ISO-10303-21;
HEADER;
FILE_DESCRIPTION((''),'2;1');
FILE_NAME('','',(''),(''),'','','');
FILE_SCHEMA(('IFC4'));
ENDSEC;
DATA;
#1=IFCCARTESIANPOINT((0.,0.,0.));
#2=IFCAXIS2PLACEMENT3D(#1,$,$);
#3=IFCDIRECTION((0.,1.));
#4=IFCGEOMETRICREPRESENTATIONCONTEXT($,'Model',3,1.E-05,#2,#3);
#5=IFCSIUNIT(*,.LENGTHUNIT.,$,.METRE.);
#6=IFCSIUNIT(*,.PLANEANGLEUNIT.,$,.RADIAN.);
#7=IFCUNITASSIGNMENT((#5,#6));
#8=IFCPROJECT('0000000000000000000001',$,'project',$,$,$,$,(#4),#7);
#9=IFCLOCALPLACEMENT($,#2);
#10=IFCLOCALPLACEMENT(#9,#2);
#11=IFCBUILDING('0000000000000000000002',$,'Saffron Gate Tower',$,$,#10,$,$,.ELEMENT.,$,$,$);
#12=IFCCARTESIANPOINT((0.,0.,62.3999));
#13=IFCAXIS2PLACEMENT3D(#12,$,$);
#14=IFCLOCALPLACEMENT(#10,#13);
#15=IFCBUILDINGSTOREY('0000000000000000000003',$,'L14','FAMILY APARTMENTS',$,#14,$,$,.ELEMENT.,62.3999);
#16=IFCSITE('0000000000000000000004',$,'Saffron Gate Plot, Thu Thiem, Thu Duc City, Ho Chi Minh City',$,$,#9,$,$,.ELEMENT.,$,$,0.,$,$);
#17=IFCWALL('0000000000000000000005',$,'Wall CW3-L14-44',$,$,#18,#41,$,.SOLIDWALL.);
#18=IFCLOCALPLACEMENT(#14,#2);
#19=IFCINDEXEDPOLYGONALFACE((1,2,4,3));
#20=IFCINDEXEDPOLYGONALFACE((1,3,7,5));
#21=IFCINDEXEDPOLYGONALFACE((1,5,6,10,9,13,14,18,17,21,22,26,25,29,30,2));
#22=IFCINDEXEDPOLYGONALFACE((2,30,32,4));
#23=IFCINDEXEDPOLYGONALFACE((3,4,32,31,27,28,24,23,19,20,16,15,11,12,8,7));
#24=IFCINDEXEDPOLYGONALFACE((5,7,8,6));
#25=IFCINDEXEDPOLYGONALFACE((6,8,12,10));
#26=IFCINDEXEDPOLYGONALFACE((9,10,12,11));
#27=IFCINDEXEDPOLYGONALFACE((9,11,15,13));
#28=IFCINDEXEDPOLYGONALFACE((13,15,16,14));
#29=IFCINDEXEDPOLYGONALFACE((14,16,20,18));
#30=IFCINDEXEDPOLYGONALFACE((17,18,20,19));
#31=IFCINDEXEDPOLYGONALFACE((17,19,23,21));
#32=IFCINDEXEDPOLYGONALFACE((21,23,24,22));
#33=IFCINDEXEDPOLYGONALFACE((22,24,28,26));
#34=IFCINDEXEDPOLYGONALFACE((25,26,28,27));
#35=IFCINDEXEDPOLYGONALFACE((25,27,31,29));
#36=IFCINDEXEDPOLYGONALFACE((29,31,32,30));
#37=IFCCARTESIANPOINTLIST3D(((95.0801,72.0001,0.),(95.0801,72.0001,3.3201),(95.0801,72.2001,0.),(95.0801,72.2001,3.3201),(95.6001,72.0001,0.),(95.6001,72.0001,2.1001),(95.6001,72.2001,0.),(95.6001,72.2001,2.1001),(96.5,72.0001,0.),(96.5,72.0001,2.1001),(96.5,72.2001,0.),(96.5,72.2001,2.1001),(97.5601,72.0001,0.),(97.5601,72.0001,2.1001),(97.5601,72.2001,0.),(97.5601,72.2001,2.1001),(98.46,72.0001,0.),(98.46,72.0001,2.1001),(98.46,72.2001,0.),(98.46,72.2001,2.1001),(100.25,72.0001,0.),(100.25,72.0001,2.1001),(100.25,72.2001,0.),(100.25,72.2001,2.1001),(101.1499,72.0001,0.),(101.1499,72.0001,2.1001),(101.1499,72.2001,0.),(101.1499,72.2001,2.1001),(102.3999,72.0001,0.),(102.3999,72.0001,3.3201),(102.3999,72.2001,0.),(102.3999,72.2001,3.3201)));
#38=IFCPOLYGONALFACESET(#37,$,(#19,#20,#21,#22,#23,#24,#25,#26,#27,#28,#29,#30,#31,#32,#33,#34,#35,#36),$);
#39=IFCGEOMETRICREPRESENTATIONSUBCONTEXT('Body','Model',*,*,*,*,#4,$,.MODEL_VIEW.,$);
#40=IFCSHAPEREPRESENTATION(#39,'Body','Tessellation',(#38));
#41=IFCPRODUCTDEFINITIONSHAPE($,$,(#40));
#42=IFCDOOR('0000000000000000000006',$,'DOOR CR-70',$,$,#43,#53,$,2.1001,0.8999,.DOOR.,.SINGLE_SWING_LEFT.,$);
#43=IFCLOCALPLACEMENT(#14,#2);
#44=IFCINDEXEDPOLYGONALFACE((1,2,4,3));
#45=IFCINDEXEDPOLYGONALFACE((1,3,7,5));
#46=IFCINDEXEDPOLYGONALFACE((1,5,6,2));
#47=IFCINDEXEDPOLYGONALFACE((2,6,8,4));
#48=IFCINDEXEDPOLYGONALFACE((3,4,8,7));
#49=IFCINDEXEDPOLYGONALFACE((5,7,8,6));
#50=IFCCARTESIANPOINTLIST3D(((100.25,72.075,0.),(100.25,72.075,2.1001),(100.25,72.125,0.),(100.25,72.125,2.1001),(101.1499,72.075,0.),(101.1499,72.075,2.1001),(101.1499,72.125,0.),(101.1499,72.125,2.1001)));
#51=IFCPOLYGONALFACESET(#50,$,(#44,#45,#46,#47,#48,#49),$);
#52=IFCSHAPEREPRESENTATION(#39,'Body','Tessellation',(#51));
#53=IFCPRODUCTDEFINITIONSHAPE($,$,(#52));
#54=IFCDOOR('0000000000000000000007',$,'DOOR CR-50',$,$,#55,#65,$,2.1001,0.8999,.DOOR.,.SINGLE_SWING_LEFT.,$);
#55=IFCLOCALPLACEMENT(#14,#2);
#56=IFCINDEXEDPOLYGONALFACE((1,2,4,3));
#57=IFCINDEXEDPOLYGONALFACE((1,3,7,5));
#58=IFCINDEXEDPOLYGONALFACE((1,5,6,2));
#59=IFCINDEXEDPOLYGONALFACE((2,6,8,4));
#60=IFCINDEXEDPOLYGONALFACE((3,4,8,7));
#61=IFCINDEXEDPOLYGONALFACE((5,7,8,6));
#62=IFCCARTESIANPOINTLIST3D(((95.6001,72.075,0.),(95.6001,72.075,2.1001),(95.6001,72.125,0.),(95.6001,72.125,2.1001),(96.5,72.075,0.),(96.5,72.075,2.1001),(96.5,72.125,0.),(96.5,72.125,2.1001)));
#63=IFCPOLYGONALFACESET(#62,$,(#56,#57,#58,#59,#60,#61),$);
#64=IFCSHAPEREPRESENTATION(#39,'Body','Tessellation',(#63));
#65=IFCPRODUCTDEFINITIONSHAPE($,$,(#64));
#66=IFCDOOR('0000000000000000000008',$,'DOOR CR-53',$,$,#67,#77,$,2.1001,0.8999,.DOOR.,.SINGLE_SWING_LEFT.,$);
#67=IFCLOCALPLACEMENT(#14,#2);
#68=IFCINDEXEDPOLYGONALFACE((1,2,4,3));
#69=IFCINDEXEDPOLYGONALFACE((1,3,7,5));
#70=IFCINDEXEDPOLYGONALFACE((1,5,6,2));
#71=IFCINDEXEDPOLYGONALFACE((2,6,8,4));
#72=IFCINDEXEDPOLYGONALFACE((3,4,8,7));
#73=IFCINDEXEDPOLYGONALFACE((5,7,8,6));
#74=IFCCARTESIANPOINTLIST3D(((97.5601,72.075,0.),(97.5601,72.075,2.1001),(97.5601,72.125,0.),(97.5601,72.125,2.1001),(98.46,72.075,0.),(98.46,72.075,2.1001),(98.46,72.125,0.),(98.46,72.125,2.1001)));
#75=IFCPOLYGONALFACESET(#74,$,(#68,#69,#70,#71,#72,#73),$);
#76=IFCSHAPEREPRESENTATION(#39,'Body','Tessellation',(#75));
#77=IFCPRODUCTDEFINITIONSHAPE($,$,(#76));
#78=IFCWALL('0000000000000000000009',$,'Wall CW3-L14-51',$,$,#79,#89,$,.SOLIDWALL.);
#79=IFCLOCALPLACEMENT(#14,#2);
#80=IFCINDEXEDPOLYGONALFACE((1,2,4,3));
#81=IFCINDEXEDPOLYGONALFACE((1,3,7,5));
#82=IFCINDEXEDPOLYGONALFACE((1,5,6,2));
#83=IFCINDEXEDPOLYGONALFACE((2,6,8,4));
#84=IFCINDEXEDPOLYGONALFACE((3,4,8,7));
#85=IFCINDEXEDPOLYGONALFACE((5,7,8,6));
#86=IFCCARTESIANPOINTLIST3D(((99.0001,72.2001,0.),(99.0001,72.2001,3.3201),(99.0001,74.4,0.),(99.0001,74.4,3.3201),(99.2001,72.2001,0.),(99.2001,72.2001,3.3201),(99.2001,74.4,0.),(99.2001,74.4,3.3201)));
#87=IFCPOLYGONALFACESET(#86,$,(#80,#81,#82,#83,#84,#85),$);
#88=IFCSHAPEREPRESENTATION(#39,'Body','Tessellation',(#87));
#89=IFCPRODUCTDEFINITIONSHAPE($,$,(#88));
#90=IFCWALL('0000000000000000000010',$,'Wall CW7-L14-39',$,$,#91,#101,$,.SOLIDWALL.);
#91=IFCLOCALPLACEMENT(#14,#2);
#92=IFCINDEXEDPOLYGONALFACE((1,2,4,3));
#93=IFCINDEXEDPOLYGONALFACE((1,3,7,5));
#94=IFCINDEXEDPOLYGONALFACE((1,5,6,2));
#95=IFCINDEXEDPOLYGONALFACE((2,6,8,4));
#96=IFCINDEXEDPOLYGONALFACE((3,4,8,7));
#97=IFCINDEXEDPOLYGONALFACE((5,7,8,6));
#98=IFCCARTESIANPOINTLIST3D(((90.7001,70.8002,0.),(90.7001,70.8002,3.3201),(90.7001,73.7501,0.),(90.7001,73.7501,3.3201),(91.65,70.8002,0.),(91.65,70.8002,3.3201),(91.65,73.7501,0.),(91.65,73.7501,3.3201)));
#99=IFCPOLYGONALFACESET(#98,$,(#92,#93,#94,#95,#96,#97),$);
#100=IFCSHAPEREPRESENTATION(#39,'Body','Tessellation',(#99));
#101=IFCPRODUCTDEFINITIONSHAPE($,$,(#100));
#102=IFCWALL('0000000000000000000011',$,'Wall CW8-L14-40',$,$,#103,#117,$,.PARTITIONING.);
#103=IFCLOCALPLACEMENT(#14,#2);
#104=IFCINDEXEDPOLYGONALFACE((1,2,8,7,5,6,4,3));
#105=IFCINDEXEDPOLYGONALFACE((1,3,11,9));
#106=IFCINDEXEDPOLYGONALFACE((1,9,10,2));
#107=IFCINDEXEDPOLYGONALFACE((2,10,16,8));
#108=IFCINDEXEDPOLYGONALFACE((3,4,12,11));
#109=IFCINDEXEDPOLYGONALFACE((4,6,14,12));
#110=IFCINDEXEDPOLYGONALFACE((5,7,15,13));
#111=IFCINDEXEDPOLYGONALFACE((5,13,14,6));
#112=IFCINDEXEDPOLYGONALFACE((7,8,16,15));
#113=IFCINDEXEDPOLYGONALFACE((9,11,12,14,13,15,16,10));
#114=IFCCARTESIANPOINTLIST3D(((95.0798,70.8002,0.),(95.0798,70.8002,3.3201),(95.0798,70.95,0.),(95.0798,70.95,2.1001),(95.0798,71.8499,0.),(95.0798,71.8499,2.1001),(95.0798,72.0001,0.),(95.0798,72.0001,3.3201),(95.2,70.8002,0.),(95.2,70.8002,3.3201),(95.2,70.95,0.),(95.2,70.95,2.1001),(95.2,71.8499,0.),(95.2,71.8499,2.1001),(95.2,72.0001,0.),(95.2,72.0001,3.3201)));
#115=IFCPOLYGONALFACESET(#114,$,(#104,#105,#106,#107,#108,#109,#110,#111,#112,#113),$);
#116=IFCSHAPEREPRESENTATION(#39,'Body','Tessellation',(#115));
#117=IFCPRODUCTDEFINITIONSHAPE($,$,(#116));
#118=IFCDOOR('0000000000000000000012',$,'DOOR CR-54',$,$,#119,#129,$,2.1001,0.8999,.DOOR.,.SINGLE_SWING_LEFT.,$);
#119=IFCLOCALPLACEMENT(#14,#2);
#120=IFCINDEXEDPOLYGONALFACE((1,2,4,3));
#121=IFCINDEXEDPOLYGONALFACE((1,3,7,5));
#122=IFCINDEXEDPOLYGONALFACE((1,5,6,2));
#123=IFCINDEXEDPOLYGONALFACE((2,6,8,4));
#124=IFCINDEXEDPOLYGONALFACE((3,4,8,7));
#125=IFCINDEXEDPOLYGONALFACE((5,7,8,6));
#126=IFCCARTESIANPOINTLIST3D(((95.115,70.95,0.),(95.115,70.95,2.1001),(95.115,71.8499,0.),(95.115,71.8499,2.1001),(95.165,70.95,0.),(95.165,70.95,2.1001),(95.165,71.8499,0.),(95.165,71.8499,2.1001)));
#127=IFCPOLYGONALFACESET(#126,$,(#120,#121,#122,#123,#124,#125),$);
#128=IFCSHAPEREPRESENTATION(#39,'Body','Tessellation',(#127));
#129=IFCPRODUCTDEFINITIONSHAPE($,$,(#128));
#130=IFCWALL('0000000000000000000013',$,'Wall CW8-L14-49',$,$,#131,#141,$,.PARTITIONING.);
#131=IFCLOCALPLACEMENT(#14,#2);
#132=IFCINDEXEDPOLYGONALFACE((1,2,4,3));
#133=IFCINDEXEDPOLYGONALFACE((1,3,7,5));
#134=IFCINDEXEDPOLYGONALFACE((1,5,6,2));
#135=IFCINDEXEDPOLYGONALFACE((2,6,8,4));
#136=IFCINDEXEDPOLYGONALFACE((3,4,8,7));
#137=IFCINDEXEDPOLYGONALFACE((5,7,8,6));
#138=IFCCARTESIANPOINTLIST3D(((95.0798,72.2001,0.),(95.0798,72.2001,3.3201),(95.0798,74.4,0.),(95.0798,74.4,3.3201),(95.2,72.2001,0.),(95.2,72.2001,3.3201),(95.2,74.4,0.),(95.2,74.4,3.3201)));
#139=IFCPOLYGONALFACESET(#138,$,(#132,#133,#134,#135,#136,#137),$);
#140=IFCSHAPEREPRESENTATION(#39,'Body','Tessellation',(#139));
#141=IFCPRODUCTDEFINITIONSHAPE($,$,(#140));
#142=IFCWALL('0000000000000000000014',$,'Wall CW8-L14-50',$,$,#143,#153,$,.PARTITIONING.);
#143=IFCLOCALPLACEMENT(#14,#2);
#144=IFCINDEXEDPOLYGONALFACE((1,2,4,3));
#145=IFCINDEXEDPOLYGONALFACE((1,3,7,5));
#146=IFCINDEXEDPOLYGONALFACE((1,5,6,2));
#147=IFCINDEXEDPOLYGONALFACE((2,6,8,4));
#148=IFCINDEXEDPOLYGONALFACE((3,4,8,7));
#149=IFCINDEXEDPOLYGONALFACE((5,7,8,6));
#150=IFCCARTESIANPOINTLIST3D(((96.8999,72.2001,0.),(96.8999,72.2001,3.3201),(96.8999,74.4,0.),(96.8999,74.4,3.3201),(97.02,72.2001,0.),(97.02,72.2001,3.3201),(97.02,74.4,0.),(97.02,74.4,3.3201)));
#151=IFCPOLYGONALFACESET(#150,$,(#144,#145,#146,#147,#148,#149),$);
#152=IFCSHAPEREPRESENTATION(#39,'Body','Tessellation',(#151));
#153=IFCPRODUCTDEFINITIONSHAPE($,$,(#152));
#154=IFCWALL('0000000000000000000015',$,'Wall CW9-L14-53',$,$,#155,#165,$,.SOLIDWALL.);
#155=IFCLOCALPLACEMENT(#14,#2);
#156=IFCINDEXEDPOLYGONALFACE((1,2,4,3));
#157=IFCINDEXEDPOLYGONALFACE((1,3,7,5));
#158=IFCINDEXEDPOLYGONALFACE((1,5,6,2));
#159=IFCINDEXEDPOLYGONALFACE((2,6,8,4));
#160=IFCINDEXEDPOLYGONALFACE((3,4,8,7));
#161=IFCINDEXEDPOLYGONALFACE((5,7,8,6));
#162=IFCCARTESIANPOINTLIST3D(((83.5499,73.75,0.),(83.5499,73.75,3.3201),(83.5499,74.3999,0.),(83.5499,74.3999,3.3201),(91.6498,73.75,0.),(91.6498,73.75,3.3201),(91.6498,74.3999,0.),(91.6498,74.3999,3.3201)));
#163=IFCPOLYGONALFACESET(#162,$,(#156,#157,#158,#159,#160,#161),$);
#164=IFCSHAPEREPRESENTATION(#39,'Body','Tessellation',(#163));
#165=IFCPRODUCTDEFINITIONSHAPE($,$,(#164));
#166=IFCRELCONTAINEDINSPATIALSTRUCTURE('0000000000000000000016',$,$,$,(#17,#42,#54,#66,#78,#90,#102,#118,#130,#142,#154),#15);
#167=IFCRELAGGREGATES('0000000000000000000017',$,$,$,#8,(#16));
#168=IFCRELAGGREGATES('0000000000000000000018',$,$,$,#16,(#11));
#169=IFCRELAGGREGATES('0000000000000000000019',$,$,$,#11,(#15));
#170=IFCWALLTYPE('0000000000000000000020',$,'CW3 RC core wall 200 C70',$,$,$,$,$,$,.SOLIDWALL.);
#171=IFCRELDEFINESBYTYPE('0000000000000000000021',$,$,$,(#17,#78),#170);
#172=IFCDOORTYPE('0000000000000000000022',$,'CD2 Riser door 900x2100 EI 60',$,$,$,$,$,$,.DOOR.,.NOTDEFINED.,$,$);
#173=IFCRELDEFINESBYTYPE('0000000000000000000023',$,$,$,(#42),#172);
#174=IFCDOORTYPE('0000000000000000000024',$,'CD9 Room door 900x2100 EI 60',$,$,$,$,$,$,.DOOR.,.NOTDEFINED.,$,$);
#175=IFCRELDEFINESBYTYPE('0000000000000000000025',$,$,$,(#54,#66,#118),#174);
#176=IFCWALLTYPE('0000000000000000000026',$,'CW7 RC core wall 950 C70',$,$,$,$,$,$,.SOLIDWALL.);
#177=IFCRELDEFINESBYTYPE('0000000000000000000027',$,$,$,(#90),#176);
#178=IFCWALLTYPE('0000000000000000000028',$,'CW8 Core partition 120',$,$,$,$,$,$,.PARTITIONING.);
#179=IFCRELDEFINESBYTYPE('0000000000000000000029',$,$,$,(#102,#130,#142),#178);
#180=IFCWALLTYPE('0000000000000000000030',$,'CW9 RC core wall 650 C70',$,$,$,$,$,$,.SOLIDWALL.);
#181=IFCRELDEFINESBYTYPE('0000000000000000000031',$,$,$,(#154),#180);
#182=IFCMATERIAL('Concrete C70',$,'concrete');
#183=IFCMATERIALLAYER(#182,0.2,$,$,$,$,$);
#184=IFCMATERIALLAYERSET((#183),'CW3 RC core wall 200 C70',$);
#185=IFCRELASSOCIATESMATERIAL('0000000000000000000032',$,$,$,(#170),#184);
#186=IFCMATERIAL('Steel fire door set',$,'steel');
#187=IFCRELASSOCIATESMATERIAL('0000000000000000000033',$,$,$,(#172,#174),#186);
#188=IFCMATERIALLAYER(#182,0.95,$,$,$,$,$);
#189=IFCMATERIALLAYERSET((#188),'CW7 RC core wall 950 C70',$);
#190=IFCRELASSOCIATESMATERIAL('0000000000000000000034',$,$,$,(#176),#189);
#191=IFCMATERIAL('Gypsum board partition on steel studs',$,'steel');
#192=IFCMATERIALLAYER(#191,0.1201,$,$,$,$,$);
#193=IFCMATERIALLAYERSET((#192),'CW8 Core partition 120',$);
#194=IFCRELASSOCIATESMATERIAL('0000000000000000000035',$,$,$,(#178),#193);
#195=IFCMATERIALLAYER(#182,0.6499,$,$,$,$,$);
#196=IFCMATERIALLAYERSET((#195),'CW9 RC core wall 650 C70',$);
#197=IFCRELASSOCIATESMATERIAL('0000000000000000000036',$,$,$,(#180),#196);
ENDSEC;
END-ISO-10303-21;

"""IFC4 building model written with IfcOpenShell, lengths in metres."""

from ifc_helpers import new_model, si_unit, direction, frame, frame_2d, origin, place, context, subcontext, project, spatial, rectangle, extrude, material, layer, layer_set, type_object, element, fill, save


model = new_model("IFC4")

# Units and contexts
model_context = context("Model", 3, precision=1e-05, world=origin(), true_north=direction((0.0, 1.0)))
body_context = subcontext(model_context, "Body", "Model", "MODEL_VIEW")
ifc_project = project(units=[si_unit("LENGTHUNIT", "METRE"), si_unit("PLANEANGLEUNIT", "RADIAN")], contexts=[model_context])

# Site, building, storey
site_placement = place(None, origin())
site = spatial("IfcSite", under=ifc_project, at=site_placement, Name="Saffron Gate Plot, Thu Thiem, Thu Duc City, Ho Chi Minh City", CompositionType="ELEMENT", RefElevation=0.0)
building_placement = place(site_placement, origin())
building = spatial("IfcBuilding", under=site, at=building_placement, Name="Saffron Gate Tower", CompositionType="ELEMENT")
storey_placement = place(building_placement, frame((0.0, 0.0, 62.3999)))
storey = spatial("IfcBuildingStorey", under=building, at=storey_placement, Name="L14", Description="FAMILY APARTMENTS", CompositionType="ELEMENT", Elevation=62.3999)

# Wall, openings, doors
ifc_material_1 = material(Name="Concrete C70", Category="concrete")
ifc_layer_1 = layer(ifc_material_1, 0.2)
ifc_layer_set_1 = layer_set([ifc_layer_1], Name="CW3 RC core wall 200 C70")
wall_type_1 = type_object("IfcWallType", Name="CW3 RC core wall 200 C70", PredefinedType="SOLIDWALL", material=ifc_layer_set_1)
wall_1_placement = place(storey_placement, frame((95.0801, 72.1001, 0.0), z_axis=(0.0, 0.0, 1.0), x_axis=(1.0, 0.0, 0.0)))
wall_1 = element("IfcWall", 1, at=wall_1_placement, inside=storey, type_object=wall_type_1, Name="Wall CW3-L14-44", PredefinedType="SOLIDWALL", context=body_context, shape_type="SweptSolid", body=[
    extrude(rectangle(XDim=7.3198, YDim=0.2, at=frame_2d((3.6599, 0.0))), origin(), (0.0, 0.0, 1.0), 3.3201),
])
opening_1_placement = place(wall_1_placement, frame((0.52, 0.0, 0.0)))
opening_1 = element("IfcOpeningElement", 2, at=opening_1_placement, cuts=wall_1, PredefinedType="OPENING", context=body_context, shape_type="SweptSolid", body=[
    extrude(rectangle(XDim=0.8999, YDim=2.1001, at=frame_2d((0.45, 1.05))), frame((0.0, 0.1099, 0.0), z_axis=(0.0, -1.0, 0.0), x_axis=(1.0, 0.0, 0.0)), (0.0, 0.0, 1.0), 0.22),
])
opening_2_placement = place(wall_1_placement, frame((2.48, 0.0, 0.0)))
opening_2 = element("IfcOpeningElement", 3, at=opening_2_placement, cuts=wall_1, PredefinedType="OPENING", context=body_context, shape_type="SweptSolid", body=[
    extrude(rectangle(XDim=0.8999, YDim=2.1001, at=frame_2d((0.45, 1.05))), frame((0.0, 0.1099, 0.0), z_axis=(0.0, -1.0, 0.0), x_axis=(1.0, 0.0, 0.0)), (0.0, 0.0, 1.0), 0.22),
])
opening_3_placement = place(wall_1_placement, frame((5.1699, 0.0, 0.0)))
opening_3 = element("IfcOpeningElement", 4, at=opening_3_placement, cuts=wall_1, PredefinedType="OPENING", context=body_context, shape_type="SweptSolid", body=[
    extrude(rectangle(XDim=0.8999, YDim=2.1001, at=frame_2d((0.45, 1.05))), frame((0.0, 0.1099, 0.0), z_axis=(0.0, -1.0, 0.0), x_axis=(1.0, 0.0, 0.0)), (0.0, 0.0, 1.0), 0.22),
])
ifc_material_2 = material(Name="Steel fire door set", Category="steel")
door_type_1 = type_object("IfcDoorType", Name="CD2 Riser door 900x2100 EI 60", OperationType="NOTDEFINED", PredefinedType="DOOR", material=ifc_material_2)
door_1_placement = place(opening_3_placement, origin())
door_1 = element("IfcDoor", 5, at=door_1_placement, inside=storey, type_object=door_type_1, Name="DOOR CR-70", OperationType="SINGLE_SWING_LEFT", OverallHeight=2.1001, OverallWidth=0.8999, PredefinedType="DOOR", context=body_context, shape_type="SweptSolid", body=[
    extrude(rectangle(XDim=0.8999, YDim=2.1001, at=frame_2d((0.45, 1.05))), frame((0.0, 0.0249, 0.0), z_axis=(0.0, -1.0, 0.0), x_axis=(1.0, 0.0, 0.0)), (0.0, 0.0, 1.0), 0.05),
])
fill(opening_3, door_1)
door_type_2 = type_object("IfcDoorType", Name="CD9 Room door 900x2100 EI 60", OperationType="NOTDEFINED", PredefinedType="DOOR", material=ifc_material_2)
door_2_placement = place(opening_1_placement, origin())
door_2 = element("IfcDoor", 6, at=door_2_placement, inside=storey, type_object=door_type_2, Name="DOOR CR-50", OperationType="SINGLE_SWING_LEFT", OverallHeight=2.1001, OverallWidth=0.8999, PredefinedType="DOOR", context=body_context, shape_type="SweptSolid", body=[
    extrude(rectangle(XDim=0.8999, YDim=2.1001, at=frame_2d((0.45, 1.05))), frame((0.0, 0.0249, 0.0), z_axis=(0.0, -1.0, 0.0), x_axis=(1.0, 0.0, 0.0)), (0.0, 0.0, 1.0), 0.05),
])
fill(opening_1, door_2)
door_3_placement = place(opening_2_placement, origin())
door_3 = element("IfcDoor", 7, at=door_3_placement, inside=storey, type_object=door_type_2, Name="DOOR CR-53", OperationType="SINGLE_SWING_LEFT", OverallHeight=2.1001, OverallWidth=0.8999, PredefinedType="DOOR", context=body_context, shape_type="SweptSolid", body=[
    extrude(rectangle(XDim=0.8999, YDim=2.1001, at=frame_2d((0.45, 1.05))), frame((0.0, 0.0249, 0.0), z_axis=(0.0, -1.0, 0.0), x_axis=(1.0, 0.0, 0.0)), (0.0, 0.0, 1.0), 0.05),
])
fill(opening_2, door_3)

# Walls
wall_2_placement = place(storey_placement, frame((99.1001, 72.2, 0.0), z_axis=(0.0, 0.0, 1.0), x_axis=(0.0, 1.0, 0.0)))
element("IfcWall", 8, at=wall_2_placement, inside=storey, type_object=wall_type_1, Name="Wall CW3-L14-51", PredefinedType="SOLIDWALL", context=body_context, shape_type="SweptSolid", body=[
    extrude(rectangle(XDim=2.2, YDim=0.2, at=frame_2d((1.1001, 0.0))), origin(), (0.0, 0.0, 1.0), 3.3201),
])
ifc_layer_2 = layer(ifc_material_1, 0.95)
ifc_layer_set_2 = layer_set([ifc_layer_2], Name="CW7 RC core wall 950 C70")
wall_type_2 = type_object("IfcWallType", Name="CW7 RC core wall 950 C70", PredefinedType="SOLIDWALL", material=ifc_layer_set_2)
wall_3_placement = place(storey_placement, frame((91.175, 70.8, 0.0), z_axis=(0.0, 0.0, 1.0), x_axis=(0.0, 1.0, 0.0)))
element("IfcWall", 9, at=wall_3_placement, inside=storey, type_object=wall_type_2, Name="Wall CW7-L14-39", PredefinedType="SOLIDWALL", context=body_context, shape_type="SweptSolid", body=[
    extrude(rectangle(XDim=2.95, YDim=0.95, at=frame_2d((1.4751, 0.0))), origin(), (0.0, 0.0, 1.0), 3.3201),
])

# Wall, opening, door
ifc_material_3 = material(Name="Gypsum board partition on steel studs", Category="steel")
ifc_layer_3 = layer(ifc_material_3, 0.1201)
ifc_layer_set_3 = layer_set([ifc_layer_3], Name="CW8 Core partition 120")
wall_type_3 = type_object("IfcWallType", Name="CW8 Core partition 120", PredefinedType="PARTITIONING", material=ifc_layer_set_3)
wall_4_placement = place(storey_placement, frame((95.1399, 70.8, 0.0), z_axis=(0.0, 0.0, 1.0), x_axis=(0.0, 1.0, 0.0)))
wall_4 = element("IfcWall", 10, at=wall_4_placement, inside=storey, type_object=wall_type_3, Name="Wall CW8-L14-40", PredefinedType="PARTITIONING", context=body_context, shape_type="SweptSolid", body=[
    extrude(rectangle(XDim=1.2, YDim=0.1201, at=frame_2d((0.6001, 0.0))), origin(), (0.0, 0.0, 1.0), 3.3201),
])
opening_4_placement = place(wall_4_placement, frame((0.1499, 0.0, 0.0)))
opening_4 = element("IfcOpeningElement", 11, at=opening_4_placement, cuts=wall_4, PredefinedType="OPENING", context=body_context, shape_type="SweptSolid", body=[
    extrude(rectangle(XDim=0.8999, YDim=2.1001, at=frame_2d((0.45, 1.05))), frame((0.0, 0.0701, 0.0), z_axis=(0.0, -1.0, 0.0), x_axis=(1.0, 0.0, 0.0)), (0.0, 0.0, 1.0), 0.1401),
])
door_4_placement = place(opening_4_placement, origin())
door_4 = element("IfcDoor", 12, at=door_4_placement, inside=storey, type_object=door_type_2, Name="DOOR CR-54", OperationType="SINGLE_SWING_LEFT", OverallHeight=2.1001, OverallWidth=0.8999, PredefinedType="DOOR", context=body_context, shape_type="SweptSolid", body=[
    extrude(rectangle(XDim=0.8999, YDim=2.1001, at=frame_2d((0.45, 1.05))), frame((0.0, 0.0249, 0.0), z_axis=(0.0, -1.0, 0.0), x_axis=(1.0, 0.0, 0.0)), (0.0, 0.0, 1.0), 0.05),
])
fill(opening_4, door_4)

# Walls
for number, where, z_axis, x_axis, name in (
    (13, (95.1399, 72.2, 0.0), (0.0, 0.0, 1.0), (0.0, 1.0, 0.0), "Wall CW8-L14-49"),
    (14, (96.96, 72.2, 0.0), (0.0, 0.0, 1.0), (0.0, 1.0, 0.0), "Wall CW8-L14-50"),
):
    element("IfcWall", number, at=place(storey_placement, frame(where, z_axis=z_axis, x_axis=x_axis)), inside=storey, type_object=wall_type_3, Name=name, PredefinedType="PARTITIONING", context=body_context, shape_type="SweptSolid", body=[
        extrude(rectangle(XDim=2.2, YDim=0.1201, at=frame_2d((1.1001, 0.0))), origin(), (0.0, 0.0, 1.0), 3.3201),
    ])
ifc_layer_4 = layer(ifc_material_1, 0.6499)
ifc_layer_set_4 = layer_set([ifc_layer_4], Name="CW9 RC core wall 650 C70")
wall_type_4 = type_object("IfcWallType", Name="CW9 RC core wall 650 C70", PredefinedType="SOLIDWALL", material=ifc_layer_set_4)
wall_5_placement = place(storey_placement, frame((83.55, 74.075, 0.0), z_axis=(0.0, 0.0, 1.0), x_axis=(1.0, 0.0, 0.0)))
element("IfcWall", 15, at=wall_5_placement, inside=storey, type_object=wall_type_4, Name="Wall CW9-L14-53", PredefinedType="SOLIDWALL", context=body_context, shape_type="SweptSolid", body=[
    extrude(rectangle(XDim=8.0999, YDim=0.6499, at=frame_2d((4.0498, 0.0))), origin(), (0.0, 0.0, 1.0), 3.3201),
])

save(model, "model.ifc")
